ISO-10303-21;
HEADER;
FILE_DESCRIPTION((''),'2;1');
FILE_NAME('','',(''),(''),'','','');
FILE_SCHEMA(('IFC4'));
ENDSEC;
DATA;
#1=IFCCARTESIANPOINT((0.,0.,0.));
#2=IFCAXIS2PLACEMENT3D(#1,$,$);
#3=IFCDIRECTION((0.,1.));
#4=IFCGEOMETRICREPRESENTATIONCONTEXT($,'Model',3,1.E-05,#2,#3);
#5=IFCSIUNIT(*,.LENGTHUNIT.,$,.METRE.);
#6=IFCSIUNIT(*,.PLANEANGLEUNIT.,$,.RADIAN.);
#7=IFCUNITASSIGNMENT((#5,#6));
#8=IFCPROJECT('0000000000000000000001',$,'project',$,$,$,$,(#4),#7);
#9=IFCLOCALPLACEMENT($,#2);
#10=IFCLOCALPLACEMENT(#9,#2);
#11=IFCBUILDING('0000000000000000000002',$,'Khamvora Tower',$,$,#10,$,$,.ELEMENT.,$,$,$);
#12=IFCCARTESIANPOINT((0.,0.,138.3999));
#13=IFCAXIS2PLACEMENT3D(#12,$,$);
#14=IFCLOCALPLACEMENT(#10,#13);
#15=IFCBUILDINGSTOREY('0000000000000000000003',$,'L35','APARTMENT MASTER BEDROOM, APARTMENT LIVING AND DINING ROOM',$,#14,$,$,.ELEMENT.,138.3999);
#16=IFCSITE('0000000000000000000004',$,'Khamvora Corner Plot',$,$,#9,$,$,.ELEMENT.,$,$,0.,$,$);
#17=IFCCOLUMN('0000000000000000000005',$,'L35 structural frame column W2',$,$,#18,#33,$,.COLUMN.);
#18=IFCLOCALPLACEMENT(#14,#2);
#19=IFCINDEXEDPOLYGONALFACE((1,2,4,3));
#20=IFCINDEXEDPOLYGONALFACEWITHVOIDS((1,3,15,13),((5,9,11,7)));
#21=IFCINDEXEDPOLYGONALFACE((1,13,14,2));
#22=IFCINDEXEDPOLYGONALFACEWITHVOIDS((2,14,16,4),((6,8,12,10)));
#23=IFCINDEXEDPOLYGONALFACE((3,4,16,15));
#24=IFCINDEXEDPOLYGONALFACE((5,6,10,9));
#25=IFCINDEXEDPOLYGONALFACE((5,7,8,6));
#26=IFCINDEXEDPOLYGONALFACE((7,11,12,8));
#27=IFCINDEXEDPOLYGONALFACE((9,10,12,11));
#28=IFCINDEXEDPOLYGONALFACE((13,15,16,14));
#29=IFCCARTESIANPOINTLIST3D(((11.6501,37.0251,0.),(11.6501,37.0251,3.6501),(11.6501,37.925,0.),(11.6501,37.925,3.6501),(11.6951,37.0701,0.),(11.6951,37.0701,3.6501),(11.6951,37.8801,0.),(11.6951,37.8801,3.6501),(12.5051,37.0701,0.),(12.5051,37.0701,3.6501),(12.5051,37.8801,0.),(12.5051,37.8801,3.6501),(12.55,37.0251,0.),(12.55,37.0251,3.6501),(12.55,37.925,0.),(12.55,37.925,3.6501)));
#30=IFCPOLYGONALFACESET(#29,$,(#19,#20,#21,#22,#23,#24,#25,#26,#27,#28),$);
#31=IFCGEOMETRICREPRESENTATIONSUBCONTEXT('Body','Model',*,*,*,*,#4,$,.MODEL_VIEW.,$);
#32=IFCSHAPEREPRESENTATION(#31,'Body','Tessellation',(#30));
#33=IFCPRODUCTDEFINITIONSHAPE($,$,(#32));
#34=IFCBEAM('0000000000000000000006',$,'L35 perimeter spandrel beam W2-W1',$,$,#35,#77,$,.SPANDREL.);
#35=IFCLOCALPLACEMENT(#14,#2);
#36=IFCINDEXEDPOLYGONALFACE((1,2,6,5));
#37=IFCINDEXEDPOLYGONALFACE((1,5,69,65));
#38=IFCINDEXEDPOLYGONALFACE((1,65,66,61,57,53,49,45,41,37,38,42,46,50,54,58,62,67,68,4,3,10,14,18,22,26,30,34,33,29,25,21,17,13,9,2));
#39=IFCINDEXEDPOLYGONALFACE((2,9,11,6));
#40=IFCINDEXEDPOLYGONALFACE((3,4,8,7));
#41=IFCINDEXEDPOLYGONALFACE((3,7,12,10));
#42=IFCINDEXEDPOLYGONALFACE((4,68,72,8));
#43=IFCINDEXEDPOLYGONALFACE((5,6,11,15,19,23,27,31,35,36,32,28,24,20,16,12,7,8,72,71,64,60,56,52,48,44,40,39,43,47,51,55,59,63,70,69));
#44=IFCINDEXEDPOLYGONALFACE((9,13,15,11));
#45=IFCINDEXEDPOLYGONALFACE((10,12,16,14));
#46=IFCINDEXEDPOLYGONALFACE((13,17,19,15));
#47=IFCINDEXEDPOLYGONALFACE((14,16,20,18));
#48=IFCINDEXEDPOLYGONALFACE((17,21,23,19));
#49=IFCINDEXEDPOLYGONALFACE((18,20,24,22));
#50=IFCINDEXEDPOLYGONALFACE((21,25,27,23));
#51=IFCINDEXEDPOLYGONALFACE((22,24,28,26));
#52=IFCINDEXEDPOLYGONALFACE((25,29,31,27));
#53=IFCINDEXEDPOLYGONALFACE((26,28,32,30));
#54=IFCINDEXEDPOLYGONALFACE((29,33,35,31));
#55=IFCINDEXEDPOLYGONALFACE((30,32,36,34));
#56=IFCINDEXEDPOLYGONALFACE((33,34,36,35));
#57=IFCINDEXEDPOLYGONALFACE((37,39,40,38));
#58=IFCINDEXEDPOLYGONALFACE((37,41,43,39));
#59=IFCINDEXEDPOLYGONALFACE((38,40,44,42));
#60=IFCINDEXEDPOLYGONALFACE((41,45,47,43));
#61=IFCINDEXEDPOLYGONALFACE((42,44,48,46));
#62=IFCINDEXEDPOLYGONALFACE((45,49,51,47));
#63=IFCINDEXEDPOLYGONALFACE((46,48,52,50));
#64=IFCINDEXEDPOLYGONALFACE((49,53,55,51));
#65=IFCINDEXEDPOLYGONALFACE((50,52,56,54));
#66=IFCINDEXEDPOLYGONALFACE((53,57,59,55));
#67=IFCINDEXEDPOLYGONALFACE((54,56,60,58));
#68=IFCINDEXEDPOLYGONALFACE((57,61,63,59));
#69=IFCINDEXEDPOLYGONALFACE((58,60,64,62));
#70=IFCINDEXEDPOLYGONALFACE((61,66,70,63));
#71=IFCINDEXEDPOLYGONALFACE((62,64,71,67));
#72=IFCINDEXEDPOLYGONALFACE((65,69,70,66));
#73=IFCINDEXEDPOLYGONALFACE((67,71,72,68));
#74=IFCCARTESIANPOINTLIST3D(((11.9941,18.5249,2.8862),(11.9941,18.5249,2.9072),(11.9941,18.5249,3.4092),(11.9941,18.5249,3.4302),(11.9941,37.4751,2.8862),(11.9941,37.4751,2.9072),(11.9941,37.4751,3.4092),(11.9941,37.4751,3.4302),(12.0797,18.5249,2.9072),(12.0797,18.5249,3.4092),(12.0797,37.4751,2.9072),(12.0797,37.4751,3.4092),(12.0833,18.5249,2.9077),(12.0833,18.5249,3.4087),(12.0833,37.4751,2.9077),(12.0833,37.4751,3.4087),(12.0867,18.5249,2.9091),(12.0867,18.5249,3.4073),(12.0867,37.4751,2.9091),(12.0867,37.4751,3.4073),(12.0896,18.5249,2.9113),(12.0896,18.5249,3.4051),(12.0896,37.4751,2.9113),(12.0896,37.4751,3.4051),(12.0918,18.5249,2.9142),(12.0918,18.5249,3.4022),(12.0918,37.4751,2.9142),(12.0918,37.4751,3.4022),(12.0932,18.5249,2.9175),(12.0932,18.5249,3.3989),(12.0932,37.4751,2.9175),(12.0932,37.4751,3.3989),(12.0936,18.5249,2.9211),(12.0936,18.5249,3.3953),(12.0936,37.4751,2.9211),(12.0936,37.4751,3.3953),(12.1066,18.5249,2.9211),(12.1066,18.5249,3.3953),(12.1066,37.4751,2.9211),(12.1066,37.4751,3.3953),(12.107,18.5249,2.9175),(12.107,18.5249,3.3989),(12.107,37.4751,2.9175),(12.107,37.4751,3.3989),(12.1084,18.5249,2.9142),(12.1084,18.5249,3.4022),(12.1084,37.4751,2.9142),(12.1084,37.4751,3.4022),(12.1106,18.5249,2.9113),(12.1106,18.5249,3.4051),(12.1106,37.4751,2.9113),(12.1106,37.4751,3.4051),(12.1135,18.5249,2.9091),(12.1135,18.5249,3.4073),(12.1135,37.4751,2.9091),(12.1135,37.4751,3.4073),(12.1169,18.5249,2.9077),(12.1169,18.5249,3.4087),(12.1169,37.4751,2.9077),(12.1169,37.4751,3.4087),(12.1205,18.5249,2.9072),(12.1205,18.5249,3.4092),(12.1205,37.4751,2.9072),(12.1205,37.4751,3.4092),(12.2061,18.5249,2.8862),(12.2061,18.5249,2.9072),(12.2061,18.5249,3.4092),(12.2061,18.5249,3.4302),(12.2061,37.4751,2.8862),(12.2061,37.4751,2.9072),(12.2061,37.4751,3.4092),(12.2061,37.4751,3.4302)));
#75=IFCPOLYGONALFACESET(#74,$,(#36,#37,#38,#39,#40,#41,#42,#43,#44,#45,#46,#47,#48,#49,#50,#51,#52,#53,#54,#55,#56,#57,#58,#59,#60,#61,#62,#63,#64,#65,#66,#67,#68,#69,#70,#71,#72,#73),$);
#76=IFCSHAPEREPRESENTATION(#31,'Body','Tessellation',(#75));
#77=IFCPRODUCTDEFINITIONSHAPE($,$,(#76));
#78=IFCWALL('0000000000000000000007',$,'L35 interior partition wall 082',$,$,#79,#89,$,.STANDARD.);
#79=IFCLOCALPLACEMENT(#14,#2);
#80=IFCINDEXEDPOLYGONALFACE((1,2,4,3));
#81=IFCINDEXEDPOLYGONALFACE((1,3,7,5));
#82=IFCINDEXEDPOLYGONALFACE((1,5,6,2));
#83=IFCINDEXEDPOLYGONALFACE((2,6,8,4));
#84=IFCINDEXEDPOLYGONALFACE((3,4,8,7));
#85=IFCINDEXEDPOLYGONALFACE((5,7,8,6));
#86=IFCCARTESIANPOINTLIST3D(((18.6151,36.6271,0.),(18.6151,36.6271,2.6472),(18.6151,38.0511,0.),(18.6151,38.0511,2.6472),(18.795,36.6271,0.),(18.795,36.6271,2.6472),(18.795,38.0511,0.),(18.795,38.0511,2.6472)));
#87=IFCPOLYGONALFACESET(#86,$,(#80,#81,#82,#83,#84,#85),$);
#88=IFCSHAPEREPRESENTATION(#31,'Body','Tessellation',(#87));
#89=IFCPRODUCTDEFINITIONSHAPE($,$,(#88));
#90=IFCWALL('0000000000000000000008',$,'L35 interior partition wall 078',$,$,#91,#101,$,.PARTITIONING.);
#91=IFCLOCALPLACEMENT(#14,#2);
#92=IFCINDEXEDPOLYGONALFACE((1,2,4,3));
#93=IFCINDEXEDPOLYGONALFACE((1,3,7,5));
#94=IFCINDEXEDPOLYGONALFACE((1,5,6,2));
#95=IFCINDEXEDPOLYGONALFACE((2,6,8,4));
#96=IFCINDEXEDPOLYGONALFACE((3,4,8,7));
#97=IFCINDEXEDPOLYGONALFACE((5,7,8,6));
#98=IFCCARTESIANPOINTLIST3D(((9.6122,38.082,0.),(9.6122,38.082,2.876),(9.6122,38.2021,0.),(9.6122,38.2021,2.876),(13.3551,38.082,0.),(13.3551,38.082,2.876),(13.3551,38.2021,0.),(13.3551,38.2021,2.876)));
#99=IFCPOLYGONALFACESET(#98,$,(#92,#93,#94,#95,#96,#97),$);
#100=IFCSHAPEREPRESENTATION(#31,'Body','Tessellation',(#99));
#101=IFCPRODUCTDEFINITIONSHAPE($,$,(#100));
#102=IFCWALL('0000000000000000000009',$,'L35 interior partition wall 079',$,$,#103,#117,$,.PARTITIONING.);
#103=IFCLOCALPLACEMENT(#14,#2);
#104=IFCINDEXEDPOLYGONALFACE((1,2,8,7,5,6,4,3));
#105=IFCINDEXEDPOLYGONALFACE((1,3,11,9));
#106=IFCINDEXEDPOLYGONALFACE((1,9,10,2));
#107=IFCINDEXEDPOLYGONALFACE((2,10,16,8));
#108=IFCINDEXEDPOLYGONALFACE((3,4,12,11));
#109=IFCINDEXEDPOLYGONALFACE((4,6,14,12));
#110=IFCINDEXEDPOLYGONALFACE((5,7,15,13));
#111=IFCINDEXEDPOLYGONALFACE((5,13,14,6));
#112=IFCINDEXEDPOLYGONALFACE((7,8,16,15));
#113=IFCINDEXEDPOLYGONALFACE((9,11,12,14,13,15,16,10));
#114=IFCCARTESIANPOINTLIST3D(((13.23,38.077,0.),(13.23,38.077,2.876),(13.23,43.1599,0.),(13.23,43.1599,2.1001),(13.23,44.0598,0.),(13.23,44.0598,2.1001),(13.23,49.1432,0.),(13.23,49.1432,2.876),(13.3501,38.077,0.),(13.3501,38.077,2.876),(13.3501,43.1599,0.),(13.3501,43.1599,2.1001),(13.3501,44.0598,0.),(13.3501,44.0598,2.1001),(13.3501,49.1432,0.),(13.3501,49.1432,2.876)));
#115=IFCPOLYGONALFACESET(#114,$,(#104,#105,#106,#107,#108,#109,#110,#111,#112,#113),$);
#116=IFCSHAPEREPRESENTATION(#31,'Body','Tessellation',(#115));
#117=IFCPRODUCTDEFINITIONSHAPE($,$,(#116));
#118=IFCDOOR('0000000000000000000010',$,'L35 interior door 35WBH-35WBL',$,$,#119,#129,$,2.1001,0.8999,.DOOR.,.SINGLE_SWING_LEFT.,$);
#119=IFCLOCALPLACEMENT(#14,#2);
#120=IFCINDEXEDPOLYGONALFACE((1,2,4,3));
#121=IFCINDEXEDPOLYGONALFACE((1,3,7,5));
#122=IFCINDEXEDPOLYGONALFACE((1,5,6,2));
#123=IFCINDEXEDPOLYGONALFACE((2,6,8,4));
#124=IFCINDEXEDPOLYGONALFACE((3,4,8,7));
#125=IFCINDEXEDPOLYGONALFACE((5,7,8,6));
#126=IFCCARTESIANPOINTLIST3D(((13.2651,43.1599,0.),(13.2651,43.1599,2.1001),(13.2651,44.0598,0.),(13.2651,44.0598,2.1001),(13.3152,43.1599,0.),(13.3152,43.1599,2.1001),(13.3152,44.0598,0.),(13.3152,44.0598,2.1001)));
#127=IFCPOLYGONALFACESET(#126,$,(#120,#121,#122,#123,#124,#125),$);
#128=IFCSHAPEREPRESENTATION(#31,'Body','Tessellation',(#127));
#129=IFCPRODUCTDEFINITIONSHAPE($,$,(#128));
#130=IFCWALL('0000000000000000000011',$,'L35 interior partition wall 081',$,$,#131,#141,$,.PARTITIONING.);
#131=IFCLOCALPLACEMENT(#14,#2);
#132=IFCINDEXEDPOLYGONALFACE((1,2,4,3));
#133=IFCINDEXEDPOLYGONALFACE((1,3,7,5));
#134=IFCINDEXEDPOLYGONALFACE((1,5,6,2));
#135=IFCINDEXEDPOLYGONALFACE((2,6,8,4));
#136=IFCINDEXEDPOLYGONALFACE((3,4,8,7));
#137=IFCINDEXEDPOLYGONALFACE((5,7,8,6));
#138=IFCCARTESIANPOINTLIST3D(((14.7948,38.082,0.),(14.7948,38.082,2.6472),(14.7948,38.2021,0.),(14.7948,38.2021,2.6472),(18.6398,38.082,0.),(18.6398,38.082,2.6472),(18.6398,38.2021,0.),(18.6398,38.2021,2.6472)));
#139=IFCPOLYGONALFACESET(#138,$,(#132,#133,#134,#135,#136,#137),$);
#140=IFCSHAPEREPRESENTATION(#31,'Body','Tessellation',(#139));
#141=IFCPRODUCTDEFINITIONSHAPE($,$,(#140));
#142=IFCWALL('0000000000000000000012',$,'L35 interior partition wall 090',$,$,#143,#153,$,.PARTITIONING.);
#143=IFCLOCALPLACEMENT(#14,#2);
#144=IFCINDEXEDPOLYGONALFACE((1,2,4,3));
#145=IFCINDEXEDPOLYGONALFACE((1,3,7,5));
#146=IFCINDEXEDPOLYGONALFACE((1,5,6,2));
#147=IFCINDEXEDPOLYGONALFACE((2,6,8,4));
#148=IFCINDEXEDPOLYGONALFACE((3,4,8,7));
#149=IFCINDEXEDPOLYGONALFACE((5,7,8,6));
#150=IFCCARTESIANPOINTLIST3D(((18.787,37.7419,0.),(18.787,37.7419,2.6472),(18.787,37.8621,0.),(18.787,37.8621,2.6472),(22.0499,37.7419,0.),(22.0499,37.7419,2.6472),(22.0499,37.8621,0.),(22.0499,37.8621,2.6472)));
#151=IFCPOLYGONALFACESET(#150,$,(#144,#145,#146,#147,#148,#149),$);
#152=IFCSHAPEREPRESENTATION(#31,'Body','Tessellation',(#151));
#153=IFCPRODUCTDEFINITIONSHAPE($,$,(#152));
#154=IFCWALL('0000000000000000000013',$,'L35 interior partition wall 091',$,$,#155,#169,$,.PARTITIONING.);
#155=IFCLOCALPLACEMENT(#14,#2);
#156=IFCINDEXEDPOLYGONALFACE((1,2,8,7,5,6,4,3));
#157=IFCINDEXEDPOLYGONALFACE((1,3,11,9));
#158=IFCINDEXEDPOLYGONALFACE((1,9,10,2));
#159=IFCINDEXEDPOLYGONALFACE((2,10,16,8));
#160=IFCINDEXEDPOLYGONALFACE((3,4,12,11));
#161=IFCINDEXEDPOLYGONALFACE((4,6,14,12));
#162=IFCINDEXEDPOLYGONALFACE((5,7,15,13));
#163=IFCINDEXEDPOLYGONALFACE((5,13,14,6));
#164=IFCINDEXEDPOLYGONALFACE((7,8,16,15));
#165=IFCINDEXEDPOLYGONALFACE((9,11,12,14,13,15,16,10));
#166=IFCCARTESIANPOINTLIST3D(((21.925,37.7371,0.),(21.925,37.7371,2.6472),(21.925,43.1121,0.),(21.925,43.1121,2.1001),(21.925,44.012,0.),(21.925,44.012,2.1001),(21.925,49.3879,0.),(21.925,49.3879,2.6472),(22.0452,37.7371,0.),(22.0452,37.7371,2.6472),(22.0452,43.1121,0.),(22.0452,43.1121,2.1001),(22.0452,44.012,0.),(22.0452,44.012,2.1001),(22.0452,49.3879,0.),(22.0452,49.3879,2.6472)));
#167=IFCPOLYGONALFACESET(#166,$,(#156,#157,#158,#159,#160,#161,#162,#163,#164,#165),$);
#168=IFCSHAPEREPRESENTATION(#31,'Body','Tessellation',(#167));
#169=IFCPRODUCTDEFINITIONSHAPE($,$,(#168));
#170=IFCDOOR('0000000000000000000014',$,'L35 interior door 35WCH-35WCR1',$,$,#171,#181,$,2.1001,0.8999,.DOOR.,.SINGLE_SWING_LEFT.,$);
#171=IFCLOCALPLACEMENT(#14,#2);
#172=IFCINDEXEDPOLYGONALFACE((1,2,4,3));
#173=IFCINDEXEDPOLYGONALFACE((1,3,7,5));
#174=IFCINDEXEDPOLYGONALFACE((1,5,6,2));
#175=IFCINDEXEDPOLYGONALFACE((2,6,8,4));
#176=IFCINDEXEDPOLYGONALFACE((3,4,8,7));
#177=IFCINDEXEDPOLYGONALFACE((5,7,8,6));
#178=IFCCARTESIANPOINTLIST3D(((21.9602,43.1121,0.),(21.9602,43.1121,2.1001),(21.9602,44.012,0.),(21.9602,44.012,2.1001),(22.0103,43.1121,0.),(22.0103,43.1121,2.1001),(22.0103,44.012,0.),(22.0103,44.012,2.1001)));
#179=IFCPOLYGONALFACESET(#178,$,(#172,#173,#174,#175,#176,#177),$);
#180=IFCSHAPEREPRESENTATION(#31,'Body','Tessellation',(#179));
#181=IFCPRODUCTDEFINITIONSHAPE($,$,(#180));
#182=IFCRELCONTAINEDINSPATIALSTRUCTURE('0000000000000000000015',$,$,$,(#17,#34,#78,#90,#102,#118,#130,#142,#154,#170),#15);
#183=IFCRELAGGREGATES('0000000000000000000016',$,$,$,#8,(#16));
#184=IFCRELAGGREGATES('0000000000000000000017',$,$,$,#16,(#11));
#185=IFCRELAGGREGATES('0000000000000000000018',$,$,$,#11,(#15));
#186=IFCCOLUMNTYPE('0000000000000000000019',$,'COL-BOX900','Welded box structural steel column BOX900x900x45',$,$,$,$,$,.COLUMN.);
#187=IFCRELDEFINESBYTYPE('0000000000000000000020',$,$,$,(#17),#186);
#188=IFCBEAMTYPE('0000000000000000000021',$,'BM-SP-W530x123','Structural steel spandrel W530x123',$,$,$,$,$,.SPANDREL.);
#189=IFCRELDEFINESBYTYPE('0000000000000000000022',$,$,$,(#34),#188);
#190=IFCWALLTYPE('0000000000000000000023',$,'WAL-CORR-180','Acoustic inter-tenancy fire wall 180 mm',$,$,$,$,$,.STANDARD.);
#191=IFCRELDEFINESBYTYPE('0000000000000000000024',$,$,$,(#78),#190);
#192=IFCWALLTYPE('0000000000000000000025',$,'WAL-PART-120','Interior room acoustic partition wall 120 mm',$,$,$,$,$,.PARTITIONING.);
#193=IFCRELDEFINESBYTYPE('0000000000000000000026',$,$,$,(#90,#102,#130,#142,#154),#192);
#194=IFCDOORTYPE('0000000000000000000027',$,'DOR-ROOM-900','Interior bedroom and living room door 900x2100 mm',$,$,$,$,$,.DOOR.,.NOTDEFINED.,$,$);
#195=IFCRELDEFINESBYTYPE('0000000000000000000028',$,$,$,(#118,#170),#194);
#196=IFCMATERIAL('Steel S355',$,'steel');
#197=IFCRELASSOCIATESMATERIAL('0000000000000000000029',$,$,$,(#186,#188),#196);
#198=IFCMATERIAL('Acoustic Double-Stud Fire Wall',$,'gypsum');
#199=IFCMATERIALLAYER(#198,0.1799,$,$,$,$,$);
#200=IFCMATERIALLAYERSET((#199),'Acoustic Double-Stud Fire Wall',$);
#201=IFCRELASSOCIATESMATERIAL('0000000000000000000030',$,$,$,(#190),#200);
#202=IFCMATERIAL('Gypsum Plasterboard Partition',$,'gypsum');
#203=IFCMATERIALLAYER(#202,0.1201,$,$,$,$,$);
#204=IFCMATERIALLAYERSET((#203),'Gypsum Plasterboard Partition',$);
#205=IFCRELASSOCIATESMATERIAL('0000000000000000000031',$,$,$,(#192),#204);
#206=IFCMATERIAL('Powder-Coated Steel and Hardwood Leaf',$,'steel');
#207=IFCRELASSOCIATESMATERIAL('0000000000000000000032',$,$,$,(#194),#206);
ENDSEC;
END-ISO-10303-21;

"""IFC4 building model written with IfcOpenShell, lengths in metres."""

from ifc_helpers import new_model, si_unit, direction, frame, frame_2d, origin, origin_2d, place, context, subcontext, project, spatial, rectangle, hollow_rectangle, i_section, extrude, material, layer, layer_set, material_profile, profile_set, type_object, element, fill, save


model = new_model("IFC4")

# Units and contexts
model_context = context("Model", 3, precision=1e-05, world=origin(), true_north=direction((0.0, 1.0)))
body_context = subcontext(model_context, "Body", "Model", "MODEL_VIEW")
ifc_project = project(units=[si_unit("LENGTHUNIT", "METRE"), si_unit("PLANEANGLEUNIT", "RADIAN")], contexts=[model_context])

# Site, building, storey
site_placement = place(None, origin())
site = spatial("IfcSite", under=ifc_project, at=site_placement, Name="Khamvora Corner Plot", CompositionType="ELEMENT", RefElevation=0.0)
building_placement = place(site_placement, origin())
building = spatial("IfcBuilding", under=site, at=building_placement, Name="Khamvora Tower", CompositionType="ELEMENT")
storey_placement = place(building_placement, frame((0.0, 0.0, 138.3999)))
storey = spatial("IfcBuildingStorey", under=building, at=storey_placement, Name="L35", Description="APARTMENT MASTER BEDROOM, APARTMENT LIVING AND DINING ROOM", CompositionType="ELEMENT", Elevation=138.3999)

# Column
ifc_material_1 = material(Name="Steel S355", Category="steel")
ifc_material_profile_1 = material_profile(ifc_material_1, hollow_rectangle(XDim=0.8999, YDim=0.8999, WallThickness=0.0449, at=origin_2d()), Name="BOX900x900x45")
ifc_profile_set_1 = profile_set([ifc_material_profile_1], Name="Steel S355")
column_type = type_object("IfcColumnType", Name="COL-BOX900", Description="Welded box structural steel column BOX900x900x45", PredefinedType="COLUMN", material=ifc_profile_set_1)
column_placement = place(storey_placement, frame((12.1001, 37.4751, 0.0), z_axis=(0.0, 0.0, 1.0), x_axis=(1.0, 0.0, 0.0)))
element("IfcColumn", 1, at=column_placement, inside=storey, type_object=column_type, Name="L35 structural frame column W2", PredefinedType="COLUMN", context=body_context, shape_type="SweptSolid", body=[
    extrude(hollow_rectangle(XDim=0.8999, YDim=0.8999, WallThickness=0.0449, at=origin_2d()), origin(), (0.0, 0.0, 1.0), 3.6501),
])

# Beam
ifc_material_profile_2 = material_profile(ifc_material_1, i_section(OverallWidth=0.2119, OverallDepth=0.5439, WebThickness=0.0129, FlangeThickness=0.021, FilletRadius=0.0139, at=origin_2d()), Name="W530x123")
ifc_profile_set_2 = profile_set([ifc_material_profile_2], Name="Steel S355")
beam_type = type_object("IfcBeamType", Name="BM-SP-W530x123", Description="Structural steel spandrel W530x123", PredefinedType="SPANDREL", material=ifc_profile_set_2)
beam_placement = place(storey_placement, frame((12.1001, 37.4751, 3.1582), z_axis=(0.0, -1.0, 0.0), x_axis=(1.0, 0.0, 0.0)))
element("IfcBeam", 2, at=beam_placement, inside=storey, type_object=beam_type, Name="L35 perimeter spandrel beam W2-W1", PredefinedType="SPANDREL", context=body_context, shape_type="SweptSolid", body=[
    extrude(i_section(OverallWidth=0.2119, OverallDepth=0.5439, WebThickness=0.0129, FlangeThickness=0.021, FilletRadius=0.0139, at=origin_2d()), origin(), (0.0, 0.0, 1.0), 18.9502),
])

# Walls
ifc_material_2 = material(Name="Acoustic Double-Stud Fire Wall", Category="gypsum")
ifc_layer_1 = layer(ifc_material_2, 0.1799)
ifc_layer_set_1 = layer_set([ifc_layer_1], Name="Acoustic Double-Stud Fire Wall")
wall_type_1 = type_object("IfcWallType", Name="WAL-CORR-180", Description="Acoustic inter-tenancy fire wall 180 mm", PredefinedType="STANDARD", material=ifc_layer_set_1)
wall_1_placement = place(storey_placement, frame((18.7051, 38.051, 0.0), z_axis=(0.0, 0.0, 1.0), x_axis=(0.0, -1.0, 0.0)))
element("IfcWall", 3, at=wall_1_placement, inside=storey, type_object=wall_type_1, Name="L35 interior partition wall 082", PredefinedType="STANDARD", context=body_context, shape_type="SweptSolid", body=[
    extrude(rectangle(XDim=1.4241, YDim=0.1799, at=frame_2d((0.7119, 0.0))), origin(), (0.0, 0.0, 1.0), 2.6472),
])
ifc_material_3 = material(Name="Gypsum Plasterboard Partition", Category="gypsum")
ifc_layer_2 = layer(ifc_material_3, 0.1201)
ifc_layer_set_2 = layer_set([ifc_layer_2], Name="Gypsum Plasterboard Partition")
wall_type_2 = type_object("IfcWallType", Name="WAL-PART-120", Description="Interior room acoustic partition wall 120 mm", PredefinedType="PARTITIONING", material=ifc_layer_set_2)
wall_2_placement = place(storey_placement, frame((9.6121, 38.1421, 0.0), z_axis=(0.0, 0.0, 1.0), x_axis=(1.0, 0.0, 0.0)))
element("IfcWall", 4, at=wall_2_placement, inside=storey, type_object=wall_type_2, Name="L35 interior partition wall 078", PredefinedType="PARTITIONING", context=body_context, shape_type="SweptSolid", body=[
    extrude(rectangle(XDim=3.7429, YDim=0.1201, at=frame_2d((1.8716, 0.0))), origin(), (0.0, 0.0, 1.0), 2.876),
])

# Wall, opening, door
wall_3_placement = place(storey_placement, frame((13.29, 38.0769, 0.0), z_axis=(0.0, 0.0, 1.0), x_axis=(0.0, 1.0, 0.0)))
wall_3 = element("IfcWall", 5, at=wall_3_placement, inside=storey, type_object=wall_type_2, Name="L35 interior partition wall 079", PredefinedType="PARTITIONING", context=body_context, shape_type="SweptSolid", body=[
    extrude(rectangle(XDim=11.0662, YDim=0.1201, at=frame_2d((5.5332, 0.0))), origin(), (0.0, 0.0, 1.0), 2.876),
])
opening_1_placement = place(wall_3_placement, frame((5.083, 0.0, 0.0)))
opening_1 = element("IfcOpeningElement", 6, at=opening_1_placement, cuts=wall_3, PredefinedType="OPENING", context=body_context, shape_type="SweptSolid", body=[
    extrude(rectangle(XDim=0.8999, YDim=2.1001, at=frame_2d((0.45, 1.05))), frame((0.0, 0.0701, 0.0), z_axis=(0.0, -1.0, 0.0), x_axis=(1.0, 0.0, 0.0)), (0.0, 0.0, 1.0), 0.1401),
])
ifc_material_4 = material(Name="Powder-Coated Steel and Hardwood Leaf", Category="steel")
door_type_1 = type_object("IfcDoorType", Name="DOR-ROOM-900", Description="Interior bedroom and living room door 900x2100 mm", OperationType="NOTDEFINED", PredefinedType="DOOR", material=ifc_material_4)
door_1_placement = place(opening_1_placement, origin())
door_1 = element("IfcDoor", 7, at=door_1_placement, inside=storey, type_object=door_type_1, Name="L35 interior door 35WBH-35WBL", OperationType="SINGLE_SWING_LEFT", OverallHeight=2.1001, OverallWidth=0.8999, PredefinedType="DOOR", context=body_context, shape_type="SweptSolid", body=[
    extrude(rectangle(XDim=0.8999, YDim=2.1001, at=frame_2d((0.45, 1.05))), frame((0.0, 0.0249, 0.0), z_axis=(0.0, -1.0, 0.0), x_axis=(1.0, 0.0, 0.0)), (0.0, 0.0, 1.0), 0.05),
])
fill(opening_1, door_1)

# Walls
wall_4_placement = place(storey_placement, frame((14.7949, 38.1421, 0.0), z_axis=(0.0, 0.0, 1.0), x_axis=(1.0, 0.0, 0.0)))
element("IfcWall", 8, at=wall_4_placement, inside=storey, type_object=wall_type_2, Name="L35 interior partition wall 081", PredefinedType="PARTITIONING", context=body_context, shape_type="SweptSolid", body=[
    extrude(rectangle(XDim=3.845, YDim=0.1201, at=frame_2d((1.9224, 0.0))), origin(), (0.0, 0.0, 1.0), 2.6472),
])
wall_5_placement = place(storey_placement, frame((18.7871, 37.802, 0.0), z_axis=(0.0, 0.0, 1.0), x_axis=(1.0, 0.0, 0.0)))
element("IfcWall", 9, at=wall_5_placement, inside=storey, type_object=wall_type_2, Name="L35 interior partition wall 090", PredefinedType="PARTITIONING", context=body_context, shape_type="SweptSolid", body=[
    extrude(rectangle(XDim=3.2629, YDim=0.1201, at=frame_2d((1.6313, 0.0))), origin(), (0.0, 0.0, 1.0), 2.6472),
])

# Wall, opening, door
wall_6_placement = place(storey_placement, frame((21.9851, 37.7371, 0.0), z_axis=(0.0, 0.0, 1.0), x_axis=(0.0, 1.0, 0.0)))
wall_6 = element("IfcWall", 10, at=wall_6_placement, inside=storey, type_object=wall_type_2, Name="L35 interior partition wall 091", PredefinedType="PARTITIONING", context=body_context, shape_type="SweptSolid", body=[
    extrude(rectangle(XDim=11.6509, YDim=0.1201, at=frame_2d((5.8254, 0.0))), origin(), (0.0, 0.0, 1.0), 2.6472),
])
opening_2_placement = place(wall_6_placement, frame((5.375, 0.0, 0.0)))
opening_2 = element("IfcOpeningElement", 11, at=opening_2_placement, cuts=wall_6, PredefinedType="OPENING", context=body_context, shape_type="SweptSolid", body=[
    extrude(rectangle(XDim=0.8999, YDim=2.1001, at=frame_2d((0.45, 1.05))), frame((0.0, 0.0701, 0.0), z_axis=(0.0, -1.0, 0.0), x_axis=(1.0, 0.0, 0.0)), (0.0, 0.0, 1.0), 0.1401),
])
door_2_placement = place(opening_2_placement, origin())
door_2 = element("IfcDoor", 12, at=door_2_placement, inside=storey, type_object=door_type_1, Name="L35 interior door 35WCH-35WCR1", OperationType="SINGLE_SWING_LEFT", OverallHeight=2.1001, OverallWidth=0.8999, PredefinedType="DOOR", context=body_context, shape_type="SweptSolid", body=[
    extrude(rectangle(XDim=0.8999, YDim=2.1001, at=frame_2d((0.45, 1.05))), frame((0.0, 0.0249, 0.0), z_axis=(0.0, -1.0, 0.0), x_axis=(1.0, 0.0, 0.0)), (0.0, 0.0, 1.0), 0.05),
])
fill(opening_2, door_2)

save(model, "model.ifc")
